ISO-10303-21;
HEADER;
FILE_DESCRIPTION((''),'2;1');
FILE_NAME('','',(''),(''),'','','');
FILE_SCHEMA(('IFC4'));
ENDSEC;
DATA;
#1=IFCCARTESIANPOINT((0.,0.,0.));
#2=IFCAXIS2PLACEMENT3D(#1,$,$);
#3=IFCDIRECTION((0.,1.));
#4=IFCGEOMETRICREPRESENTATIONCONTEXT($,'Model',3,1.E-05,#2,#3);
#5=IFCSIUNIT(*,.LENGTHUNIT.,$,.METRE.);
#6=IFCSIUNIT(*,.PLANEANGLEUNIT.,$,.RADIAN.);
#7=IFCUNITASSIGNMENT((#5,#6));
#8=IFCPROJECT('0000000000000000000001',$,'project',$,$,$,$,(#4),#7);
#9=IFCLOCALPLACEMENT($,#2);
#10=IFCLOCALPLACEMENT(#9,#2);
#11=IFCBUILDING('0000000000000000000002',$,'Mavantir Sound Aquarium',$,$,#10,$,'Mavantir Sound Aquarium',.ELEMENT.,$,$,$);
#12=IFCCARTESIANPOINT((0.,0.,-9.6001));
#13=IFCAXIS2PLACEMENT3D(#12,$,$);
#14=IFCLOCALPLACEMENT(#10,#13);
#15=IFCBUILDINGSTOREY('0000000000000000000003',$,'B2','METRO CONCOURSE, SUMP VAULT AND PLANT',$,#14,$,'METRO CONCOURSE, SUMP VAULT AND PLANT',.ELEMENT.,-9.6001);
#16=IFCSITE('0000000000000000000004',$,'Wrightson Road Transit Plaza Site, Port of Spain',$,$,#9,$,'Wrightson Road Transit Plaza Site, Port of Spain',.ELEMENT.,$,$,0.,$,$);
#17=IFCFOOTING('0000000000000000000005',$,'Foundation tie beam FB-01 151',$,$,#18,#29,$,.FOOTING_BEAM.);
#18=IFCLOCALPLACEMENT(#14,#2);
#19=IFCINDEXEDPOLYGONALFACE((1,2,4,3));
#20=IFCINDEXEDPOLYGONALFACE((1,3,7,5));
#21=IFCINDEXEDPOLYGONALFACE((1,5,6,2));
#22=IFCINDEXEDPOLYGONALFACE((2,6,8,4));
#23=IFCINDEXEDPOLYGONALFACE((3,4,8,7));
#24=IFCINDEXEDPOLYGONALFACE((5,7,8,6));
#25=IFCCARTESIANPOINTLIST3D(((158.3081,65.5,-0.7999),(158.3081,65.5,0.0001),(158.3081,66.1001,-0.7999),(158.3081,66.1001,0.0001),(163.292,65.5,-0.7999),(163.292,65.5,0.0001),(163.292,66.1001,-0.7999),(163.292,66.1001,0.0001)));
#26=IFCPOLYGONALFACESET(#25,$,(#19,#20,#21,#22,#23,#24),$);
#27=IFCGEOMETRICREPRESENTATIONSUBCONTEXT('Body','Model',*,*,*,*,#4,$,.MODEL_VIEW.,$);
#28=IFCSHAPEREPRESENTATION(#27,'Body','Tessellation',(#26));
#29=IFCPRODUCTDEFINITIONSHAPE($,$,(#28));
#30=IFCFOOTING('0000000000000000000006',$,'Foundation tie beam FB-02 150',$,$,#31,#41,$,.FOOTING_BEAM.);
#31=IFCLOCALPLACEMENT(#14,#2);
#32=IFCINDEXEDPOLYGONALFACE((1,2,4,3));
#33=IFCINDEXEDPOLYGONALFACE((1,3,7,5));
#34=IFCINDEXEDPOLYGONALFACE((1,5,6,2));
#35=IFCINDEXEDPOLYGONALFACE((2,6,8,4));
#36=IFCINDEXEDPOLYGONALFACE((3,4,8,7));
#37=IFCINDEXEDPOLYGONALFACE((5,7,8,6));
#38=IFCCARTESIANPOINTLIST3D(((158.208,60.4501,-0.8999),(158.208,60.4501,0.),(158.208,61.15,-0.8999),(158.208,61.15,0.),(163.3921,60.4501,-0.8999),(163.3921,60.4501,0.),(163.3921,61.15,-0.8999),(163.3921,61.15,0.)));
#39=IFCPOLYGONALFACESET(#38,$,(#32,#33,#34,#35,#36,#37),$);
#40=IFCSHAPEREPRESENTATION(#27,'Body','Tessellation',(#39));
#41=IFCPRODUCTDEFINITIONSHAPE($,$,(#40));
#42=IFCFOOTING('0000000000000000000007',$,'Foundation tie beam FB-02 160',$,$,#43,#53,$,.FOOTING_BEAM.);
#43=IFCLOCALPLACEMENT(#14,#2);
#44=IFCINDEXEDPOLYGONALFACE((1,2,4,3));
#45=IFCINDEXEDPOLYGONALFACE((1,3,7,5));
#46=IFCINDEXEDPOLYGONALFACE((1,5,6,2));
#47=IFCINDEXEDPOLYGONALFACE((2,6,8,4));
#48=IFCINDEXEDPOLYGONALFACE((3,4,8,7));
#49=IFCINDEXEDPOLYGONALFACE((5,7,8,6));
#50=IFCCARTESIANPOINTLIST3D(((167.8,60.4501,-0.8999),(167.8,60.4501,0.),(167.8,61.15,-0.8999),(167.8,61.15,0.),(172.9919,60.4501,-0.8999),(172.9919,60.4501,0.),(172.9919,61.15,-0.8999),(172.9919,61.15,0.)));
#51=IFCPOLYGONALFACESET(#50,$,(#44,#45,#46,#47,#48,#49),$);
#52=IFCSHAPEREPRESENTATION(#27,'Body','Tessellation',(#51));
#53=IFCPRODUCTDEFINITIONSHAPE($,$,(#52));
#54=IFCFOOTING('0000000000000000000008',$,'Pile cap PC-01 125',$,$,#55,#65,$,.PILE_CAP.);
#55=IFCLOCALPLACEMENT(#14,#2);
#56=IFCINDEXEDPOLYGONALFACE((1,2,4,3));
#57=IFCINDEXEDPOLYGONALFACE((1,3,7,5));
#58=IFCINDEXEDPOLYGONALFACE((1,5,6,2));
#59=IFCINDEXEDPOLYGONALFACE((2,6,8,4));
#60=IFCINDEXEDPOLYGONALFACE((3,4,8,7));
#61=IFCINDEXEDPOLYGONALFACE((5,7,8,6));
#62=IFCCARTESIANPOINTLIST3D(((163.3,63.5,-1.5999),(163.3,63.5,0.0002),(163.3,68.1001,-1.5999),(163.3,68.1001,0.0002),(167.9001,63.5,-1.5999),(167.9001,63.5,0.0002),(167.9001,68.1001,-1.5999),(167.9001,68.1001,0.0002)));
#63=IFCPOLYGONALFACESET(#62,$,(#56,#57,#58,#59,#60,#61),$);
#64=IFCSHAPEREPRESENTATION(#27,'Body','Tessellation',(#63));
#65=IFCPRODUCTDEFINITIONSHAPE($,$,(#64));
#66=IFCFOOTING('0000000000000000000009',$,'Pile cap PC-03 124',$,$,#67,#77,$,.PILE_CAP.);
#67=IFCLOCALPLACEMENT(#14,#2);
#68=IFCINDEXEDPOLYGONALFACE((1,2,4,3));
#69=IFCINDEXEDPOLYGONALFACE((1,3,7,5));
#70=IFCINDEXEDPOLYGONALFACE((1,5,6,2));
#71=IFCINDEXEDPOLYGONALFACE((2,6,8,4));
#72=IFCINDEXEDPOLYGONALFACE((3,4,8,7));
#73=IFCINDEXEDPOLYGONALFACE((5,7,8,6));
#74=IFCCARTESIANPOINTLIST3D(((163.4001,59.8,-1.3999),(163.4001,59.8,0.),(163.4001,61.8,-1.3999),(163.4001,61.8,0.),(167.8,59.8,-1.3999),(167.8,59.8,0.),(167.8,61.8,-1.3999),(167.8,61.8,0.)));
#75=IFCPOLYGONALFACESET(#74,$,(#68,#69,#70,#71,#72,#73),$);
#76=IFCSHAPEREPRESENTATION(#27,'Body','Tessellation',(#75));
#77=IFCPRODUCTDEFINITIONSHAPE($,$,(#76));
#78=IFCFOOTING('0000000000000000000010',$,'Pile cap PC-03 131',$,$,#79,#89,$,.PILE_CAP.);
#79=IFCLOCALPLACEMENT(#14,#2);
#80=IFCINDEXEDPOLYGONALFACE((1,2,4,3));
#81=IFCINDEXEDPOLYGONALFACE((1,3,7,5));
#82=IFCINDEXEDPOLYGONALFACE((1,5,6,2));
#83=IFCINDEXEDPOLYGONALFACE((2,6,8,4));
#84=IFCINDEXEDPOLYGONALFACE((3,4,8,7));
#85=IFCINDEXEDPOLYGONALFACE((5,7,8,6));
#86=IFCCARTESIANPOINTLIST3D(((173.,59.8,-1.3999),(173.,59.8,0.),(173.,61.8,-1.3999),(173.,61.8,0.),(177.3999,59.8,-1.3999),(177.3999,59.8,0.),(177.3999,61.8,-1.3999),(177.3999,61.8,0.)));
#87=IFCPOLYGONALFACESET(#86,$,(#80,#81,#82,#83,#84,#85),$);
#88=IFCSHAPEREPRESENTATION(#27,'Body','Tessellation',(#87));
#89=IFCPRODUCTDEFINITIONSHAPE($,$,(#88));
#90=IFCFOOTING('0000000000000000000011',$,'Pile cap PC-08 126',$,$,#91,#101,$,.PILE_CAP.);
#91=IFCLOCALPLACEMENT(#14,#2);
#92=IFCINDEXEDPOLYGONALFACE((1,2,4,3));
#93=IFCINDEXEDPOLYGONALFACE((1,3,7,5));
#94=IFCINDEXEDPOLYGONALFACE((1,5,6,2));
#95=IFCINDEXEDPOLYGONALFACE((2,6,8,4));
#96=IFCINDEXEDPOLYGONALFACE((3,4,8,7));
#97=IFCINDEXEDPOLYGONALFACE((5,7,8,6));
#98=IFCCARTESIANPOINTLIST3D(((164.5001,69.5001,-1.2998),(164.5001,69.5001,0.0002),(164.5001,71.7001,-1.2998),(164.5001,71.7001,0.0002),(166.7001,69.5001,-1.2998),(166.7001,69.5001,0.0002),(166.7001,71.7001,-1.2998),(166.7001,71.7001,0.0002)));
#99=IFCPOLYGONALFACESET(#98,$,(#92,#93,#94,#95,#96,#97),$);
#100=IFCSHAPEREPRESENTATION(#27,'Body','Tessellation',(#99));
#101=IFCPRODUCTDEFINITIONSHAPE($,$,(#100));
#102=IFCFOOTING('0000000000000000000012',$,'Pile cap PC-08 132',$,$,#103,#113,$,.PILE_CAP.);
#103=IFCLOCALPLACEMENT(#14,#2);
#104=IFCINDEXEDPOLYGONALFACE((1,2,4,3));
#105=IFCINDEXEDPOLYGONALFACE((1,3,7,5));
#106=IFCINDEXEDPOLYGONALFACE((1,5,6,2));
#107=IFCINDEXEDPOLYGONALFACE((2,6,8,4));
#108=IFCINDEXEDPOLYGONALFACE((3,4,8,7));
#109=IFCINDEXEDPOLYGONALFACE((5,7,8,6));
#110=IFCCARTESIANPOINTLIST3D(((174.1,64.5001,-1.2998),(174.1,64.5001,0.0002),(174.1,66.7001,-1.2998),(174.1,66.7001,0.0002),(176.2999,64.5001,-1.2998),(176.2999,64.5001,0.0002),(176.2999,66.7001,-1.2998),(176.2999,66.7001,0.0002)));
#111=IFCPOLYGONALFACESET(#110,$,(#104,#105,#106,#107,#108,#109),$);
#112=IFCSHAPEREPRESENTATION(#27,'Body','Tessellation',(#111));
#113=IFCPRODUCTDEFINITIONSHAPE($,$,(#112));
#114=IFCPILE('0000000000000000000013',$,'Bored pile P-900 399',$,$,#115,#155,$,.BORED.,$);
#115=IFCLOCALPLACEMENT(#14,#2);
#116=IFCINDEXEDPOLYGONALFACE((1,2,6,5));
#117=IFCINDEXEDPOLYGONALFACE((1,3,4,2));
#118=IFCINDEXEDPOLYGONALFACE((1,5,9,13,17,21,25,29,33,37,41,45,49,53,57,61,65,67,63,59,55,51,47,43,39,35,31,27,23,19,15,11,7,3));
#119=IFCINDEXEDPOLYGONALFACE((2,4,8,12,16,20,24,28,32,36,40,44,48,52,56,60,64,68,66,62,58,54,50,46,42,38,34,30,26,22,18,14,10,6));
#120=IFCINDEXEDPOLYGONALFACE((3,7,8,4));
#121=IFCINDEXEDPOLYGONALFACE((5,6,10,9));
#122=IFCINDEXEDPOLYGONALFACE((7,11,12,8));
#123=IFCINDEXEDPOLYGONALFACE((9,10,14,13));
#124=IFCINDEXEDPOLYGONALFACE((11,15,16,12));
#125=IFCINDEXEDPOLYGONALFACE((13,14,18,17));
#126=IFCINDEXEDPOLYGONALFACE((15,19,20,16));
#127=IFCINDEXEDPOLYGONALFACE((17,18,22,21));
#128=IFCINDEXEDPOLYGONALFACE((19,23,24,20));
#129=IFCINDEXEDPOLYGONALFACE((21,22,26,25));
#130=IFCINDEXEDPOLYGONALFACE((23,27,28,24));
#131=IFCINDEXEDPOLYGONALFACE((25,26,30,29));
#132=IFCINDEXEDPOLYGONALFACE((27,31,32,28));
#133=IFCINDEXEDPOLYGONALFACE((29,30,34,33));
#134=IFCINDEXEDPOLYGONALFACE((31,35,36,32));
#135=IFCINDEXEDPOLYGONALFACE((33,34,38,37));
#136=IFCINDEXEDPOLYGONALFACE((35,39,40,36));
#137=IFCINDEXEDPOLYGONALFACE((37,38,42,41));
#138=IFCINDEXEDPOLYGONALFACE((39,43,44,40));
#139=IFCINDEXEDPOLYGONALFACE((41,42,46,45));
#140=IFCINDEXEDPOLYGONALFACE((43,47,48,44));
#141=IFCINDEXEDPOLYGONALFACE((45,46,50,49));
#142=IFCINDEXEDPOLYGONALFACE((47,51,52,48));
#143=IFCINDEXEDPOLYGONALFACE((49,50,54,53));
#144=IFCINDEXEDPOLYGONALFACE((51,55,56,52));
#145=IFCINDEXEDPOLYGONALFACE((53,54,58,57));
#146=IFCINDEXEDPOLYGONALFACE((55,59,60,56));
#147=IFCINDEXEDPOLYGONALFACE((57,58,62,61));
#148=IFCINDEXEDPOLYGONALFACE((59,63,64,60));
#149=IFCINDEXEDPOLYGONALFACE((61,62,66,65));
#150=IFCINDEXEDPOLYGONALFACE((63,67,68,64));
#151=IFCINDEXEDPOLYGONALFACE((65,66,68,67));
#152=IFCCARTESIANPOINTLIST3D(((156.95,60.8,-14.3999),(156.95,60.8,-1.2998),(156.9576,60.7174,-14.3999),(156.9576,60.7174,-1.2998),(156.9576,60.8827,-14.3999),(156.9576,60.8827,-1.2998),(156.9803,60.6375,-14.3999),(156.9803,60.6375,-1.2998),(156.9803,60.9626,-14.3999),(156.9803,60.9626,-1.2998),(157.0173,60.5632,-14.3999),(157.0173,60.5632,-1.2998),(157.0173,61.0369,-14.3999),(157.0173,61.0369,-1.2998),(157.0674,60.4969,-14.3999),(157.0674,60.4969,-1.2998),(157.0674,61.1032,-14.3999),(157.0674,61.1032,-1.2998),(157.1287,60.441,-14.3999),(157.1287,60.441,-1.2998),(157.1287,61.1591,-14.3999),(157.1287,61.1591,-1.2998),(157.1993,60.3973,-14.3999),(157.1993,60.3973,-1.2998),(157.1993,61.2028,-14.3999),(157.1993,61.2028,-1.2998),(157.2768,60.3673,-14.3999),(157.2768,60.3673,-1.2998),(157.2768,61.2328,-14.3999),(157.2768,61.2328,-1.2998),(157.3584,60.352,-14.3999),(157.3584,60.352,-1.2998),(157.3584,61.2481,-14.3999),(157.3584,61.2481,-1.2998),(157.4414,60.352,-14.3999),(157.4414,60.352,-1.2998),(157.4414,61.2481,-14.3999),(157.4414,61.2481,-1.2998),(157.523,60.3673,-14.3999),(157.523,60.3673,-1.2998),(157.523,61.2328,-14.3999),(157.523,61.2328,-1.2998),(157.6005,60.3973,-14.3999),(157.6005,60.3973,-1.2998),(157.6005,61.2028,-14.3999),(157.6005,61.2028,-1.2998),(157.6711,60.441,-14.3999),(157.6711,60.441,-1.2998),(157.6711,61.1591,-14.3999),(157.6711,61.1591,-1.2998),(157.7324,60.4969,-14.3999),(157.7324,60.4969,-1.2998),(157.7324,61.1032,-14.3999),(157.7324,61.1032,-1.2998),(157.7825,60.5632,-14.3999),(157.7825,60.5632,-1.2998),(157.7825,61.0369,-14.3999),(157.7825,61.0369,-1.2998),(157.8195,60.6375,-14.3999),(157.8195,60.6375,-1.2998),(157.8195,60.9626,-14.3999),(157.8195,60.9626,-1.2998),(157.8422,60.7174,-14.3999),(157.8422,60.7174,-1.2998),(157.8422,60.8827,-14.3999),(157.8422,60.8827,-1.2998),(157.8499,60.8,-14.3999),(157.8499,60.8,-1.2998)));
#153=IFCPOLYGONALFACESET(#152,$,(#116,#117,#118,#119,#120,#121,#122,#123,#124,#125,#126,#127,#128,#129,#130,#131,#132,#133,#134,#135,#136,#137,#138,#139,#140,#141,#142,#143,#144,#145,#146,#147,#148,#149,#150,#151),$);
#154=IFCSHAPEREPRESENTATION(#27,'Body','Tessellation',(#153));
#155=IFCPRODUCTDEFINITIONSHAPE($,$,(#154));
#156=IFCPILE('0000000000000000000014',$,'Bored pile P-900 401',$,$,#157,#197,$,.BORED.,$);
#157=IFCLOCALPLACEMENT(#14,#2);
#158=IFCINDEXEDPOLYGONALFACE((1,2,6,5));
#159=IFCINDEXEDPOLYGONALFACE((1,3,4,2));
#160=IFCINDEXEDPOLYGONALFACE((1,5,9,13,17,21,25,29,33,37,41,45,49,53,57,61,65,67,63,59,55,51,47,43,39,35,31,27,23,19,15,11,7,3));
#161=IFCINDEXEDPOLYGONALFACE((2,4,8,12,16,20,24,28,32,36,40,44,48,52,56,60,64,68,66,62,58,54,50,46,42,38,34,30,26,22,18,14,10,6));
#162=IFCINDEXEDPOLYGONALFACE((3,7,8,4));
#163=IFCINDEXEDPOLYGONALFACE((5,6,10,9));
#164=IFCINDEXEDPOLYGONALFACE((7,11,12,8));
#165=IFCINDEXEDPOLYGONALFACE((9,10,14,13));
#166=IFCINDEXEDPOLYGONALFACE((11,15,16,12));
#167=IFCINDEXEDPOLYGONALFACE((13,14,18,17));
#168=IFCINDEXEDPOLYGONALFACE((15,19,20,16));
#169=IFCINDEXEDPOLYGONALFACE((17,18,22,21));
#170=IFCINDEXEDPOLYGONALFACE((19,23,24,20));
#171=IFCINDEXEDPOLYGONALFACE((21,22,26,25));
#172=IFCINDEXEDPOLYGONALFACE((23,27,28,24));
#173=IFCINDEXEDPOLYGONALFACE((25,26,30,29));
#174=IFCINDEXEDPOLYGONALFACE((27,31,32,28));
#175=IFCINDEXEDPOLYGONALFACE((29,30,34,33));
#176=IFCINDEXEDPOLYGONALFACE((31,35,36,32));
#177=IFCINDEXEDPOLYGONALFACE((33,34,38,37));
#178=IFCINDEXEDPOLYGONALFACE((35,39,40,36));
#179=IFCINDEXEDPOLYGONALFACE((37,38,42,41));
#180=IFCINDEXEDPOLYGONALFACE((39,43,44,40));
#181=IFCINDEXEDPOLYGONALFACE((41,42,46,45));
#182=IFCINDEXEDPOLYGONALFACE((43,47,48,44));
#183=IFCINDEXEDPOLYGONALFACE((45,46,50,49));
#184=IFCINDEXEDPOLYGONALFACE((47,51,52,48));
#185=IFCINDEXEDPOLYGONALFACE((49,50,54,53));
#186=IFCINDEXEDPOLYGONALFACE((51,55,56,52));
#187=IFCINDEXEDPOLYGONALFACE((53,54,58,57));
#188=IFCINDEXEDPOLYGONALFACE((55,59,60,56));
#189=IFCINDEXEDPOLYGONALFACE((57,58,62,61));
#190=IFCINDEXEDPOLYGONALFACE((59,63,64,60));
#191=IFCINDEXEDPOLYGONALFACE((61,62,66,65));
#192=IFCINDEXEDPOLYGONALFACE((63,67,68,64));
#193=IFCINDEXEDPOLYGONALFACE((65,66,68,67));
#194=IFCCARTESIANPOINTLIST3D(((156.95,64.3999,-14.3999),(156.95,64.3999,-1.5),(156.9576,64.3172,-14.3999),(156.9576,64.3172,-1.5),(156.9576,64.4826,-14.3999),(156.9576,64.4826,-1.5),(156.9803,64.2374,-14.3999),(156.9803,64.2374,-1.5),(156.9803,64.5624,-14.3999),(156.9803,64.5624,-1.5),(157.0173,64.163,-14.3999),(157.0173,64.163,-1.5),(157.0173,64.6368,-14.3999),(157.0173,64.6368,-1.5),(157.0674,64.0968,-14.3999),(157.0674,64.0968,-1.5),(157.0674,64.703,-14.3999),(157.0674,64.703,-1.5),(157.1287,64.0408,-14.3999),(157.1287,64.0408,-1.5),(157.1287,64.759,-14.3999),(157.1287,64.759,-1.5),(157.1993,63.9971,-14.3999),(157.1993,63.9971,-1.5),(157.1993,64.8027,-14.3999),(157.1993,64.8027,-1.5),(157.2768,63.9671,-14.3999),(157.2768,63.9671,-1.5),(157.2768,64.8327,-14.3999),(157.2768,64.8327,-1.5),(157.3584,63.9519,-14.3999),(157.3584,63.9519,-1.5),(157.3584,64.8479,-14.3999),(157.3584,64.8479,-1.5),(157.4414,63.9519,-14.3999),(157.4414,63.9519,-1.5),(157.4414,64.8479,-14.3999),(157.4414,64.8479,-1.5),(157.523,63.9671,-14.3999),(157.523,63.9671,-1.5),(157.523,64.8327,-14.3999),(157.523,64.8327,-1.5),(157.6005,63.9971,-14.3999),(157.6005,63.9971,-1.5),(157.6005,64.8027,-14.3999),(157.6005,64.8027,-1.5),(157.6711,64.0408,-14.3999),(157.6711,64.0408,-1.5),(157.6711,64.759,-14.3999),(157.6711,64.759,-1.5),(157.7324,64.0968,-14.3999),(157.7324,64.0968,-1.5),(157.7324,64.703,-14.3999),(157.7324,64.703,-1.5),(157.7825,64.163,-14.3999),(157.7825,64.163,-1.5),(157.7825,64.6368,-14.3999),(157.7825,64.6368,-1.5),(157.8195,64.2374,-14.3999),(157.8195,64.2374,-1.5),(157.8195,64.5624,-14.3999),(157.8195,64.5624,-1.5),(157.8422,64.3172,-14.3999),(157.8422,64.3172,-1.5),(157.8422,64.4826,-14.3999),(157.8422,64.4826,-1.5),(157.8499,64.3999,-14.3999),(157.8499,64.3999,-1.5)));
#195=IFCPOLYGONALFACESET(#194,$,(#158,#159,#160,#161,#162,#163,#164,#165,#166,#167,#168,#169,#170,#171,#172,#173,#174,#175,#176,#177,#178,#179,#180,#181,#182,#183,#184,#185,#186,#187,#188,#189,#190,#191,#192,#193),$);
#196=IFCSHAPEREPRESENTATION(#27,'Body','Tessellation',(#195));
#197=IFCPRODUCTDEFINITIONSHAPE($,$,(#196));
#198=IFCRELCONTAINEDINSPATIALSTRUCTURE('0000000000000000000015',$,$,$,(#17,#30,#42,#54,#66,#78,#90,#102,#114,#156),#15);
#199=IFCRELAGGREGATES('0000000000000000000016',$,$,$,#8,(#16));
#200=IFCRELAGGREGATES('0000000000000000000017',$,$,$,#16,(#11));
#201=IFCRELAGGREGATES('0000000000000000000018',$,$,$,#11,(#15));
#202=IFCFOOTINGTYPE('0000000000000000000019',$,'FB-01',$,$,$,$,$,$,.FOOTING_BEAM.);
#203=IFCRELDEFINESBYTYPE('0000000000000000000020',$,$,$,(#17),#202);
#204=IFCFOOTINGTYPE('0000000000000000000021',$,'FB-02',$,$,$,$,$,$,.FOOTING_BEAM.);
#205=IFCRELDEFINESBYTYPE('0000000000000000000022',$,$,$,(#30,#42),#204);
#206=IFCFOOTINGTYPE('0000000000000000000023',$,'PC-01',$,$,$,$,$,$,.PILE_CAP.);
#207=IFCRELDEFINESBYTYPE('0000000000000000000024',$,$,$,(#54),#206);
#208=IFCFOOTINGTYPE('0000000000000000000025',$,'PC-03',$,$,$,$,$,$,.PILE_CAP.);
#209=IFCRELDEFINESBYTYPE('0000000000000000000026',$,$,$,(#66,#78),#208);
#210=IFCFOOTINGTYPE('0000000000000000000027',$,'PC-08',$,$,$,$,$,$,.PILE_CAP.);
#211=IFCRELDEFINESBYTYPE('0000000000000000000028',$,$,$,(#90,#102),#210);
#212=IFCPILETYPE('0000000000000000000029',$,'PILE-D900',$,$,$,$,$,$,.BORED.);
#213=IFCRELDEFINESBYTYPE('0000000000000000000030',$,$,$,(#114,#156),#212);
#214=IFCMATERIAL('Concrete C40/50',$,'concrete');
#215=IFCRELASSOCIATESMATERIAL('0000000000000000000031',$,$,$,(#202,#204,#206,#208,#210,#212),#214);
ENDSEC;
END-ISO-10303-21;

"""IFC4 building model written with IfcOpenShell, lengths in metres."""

from ifc_helpers import new_model, si_unit, direction, frame, origin, origin_2d, place, context, subcontext, project, spatial, rectangle, circle, extrude, material, material_profile, profile_set, type_object, element, save


model = new_model("IFC4")

# Units and contexts
model_context = context("Model", 3, precision=1e-05, world=origin(), true_north=direction((0.0, 1.0)))
body_context = subcontext(model_context, "Body", "Model", "MODEL_VIEW")
ifc_project = project(units=[si_unit("LENGTHUNIT", "METRE"), si_unit("PLANEANGLEUNIT", "RADIAN")], contexts=[model_context])

# Site, building, storey
site_placement = place(None, origin())
site = spatial("IfcSite", under=ifc_project, at=site_placement, Name="Wrightson Road Transit Plaza Site, Port of Spain", LongName="Wrightson Road Transit Plaza Site, Port of Spain", CompositionType="ELEMENT", RefElevation=0.0)
building_placement = place(site_placement, origin())
building = spatial("IfcBuilding", under=site, at=building_placement, Name="Mavantir Sound Aquarium", LongName="Mavantir Sound Aquarium", CompositionType="ELEMENT")
storey_placement = place(building_placement, frame((0.0, 0.0, -9.6001)))
storey = spatial("IfcBuildingStorey", under=building, at=storey_placement, Name="B2", Description="METRO CONCOURSE, SUMP VAULT AND PLANT", LongName="METRO CONCOURSE, SUMP VAULT AND PLANT", CompositionType="ELEMENT", Elevation=-9.6001)

# Footings
ifc_material_1 = material(Name="Concrete C40/50", Category="concrete")
ifc_material_profile_1 = material_profile(ifc_material_1, rectangle(XDim=0.6001, YDim=0.8, at=origin_2d()), Name="RC 600X800")
ifc_profile_set_1 = profile_set([ifc_material_profile_1], Name="Concrete C40/50")
footing_type_1 = type_object("IfcFootingType", Name="FB-01", PredefinedType="FOOTING_BEAM", material=ifc_profile_set_1)
footing_1_placement = place(storey_placement, frame((158.3081, 65.8, -0.3999), z_axis=(1.0, 0.0, 0.0), x_axis=(0.0, 1.0, 0.0)))
element("IfcFooting", 1, at=footing_1_placement, inside=storey, type_object=footing_type_1, Name="Foundation tie beam FB-01 151", PredefinedType="FOOTING_BEAM", context=body_context, shape_type="SweptSolid", body=[
    extrude(rectangle(XDim=0.6001, YDim=0.8, at=origin_2d()), origin(), (0.0, 0.0, 1.0), 4.9839),
])
ifc_material_profile_2 = material_profile(ifc_material_1, rectangle(XDim=0.7, YDim=0.8999, at=origin_2d()), Name="RC 700X900")
ifc_profile_set_2 = profile_set([ifc_material_profile_2], Name="Concrete C40/50")
footing_type_2 = type_object("IfcFootingType", Name="FB-02", PredefinedType="FOOTING_BEAM", material=ifc_profile_set_2)
footing_2_placement = place(storey_placement, frame((158.208, 60.8, -0.45), z_axis=(1.0, 0.0, 0.0), x_axis=(0.0, 1.0, 0.0)))
element("IfcFooting", 2, at=footing_2_placement, inside=storey, type_object=footing_type_2, Name="Foundation tie beam FB-02 150", PredefinedType="FOOTING_BEAM", context=body_context, shape_type="SweptSolid", body=[
    extrude(rectangle(XDim=0.7, YDim=0.8999, at=origin_2d()), origin(), (0.0, 0.0, 1.0), 5.1841),
])
footing_3_placement = place(storey_placement, frame((167.8, 60.8, -0.45), z_axis=(1.0, 0.0, 0.0), x_axis=(0.0, 1.0, 0.0)))
element("IfcFooting", 3, at=footing_3_placement, inside=storey, type_object=footing_type_2, Name="Foundation tie beam FB-02 160", PredefinedType="FOOTING_BEAM", context=body_context, shape_type="SweptSolid", body=[
    extrude(rectangle(XDim=0.7, YDim=0.8999, at=origin_2d()), origin(), (0.0, 0.0, 1.0), 5.1919),
])
footing_type_3 = type_object("IfcFootingType", Name="PC-01", PredefinedType="PILE_CAP", material=ifc_material_1)
footing_4_placement = place(storey_placement, frame((165.6001, 65.8, -1.5999), z_axis=(0.0, 0.0, 1.0), x_axis=(1.0, 0.0, 0.0)))
element("IfcFooting", 4, at=footing_4_placement, inside=storey, type_object=footing_type_3, Name="Pile cap PC-01 125", PredefinedType="PILE_CAP", context=body_context, shape_type="SweptSolid", body=[
    extrude(rectangle(XDim=4.6001, YDim=4.6001, at=origin_2d()), origin(), (0.0, 0.0, 1.0), 1.6001),
])
footing_type_4 = type_object("IfcFootingType", Name="PC-03", PredefinedType="PILE_CAP", material=ifc_material_1)
for number, where, z_axis, x_axis, name in (
    (5, (165.6001, 60.8, -1.3999), (0.0, 0.0, 1.0), (1.0, 0.0, 0.0), "Pile cap PC-03 124"),
    (6, (175.2, 60.8, -1.3999), (0.0, 0.0, 1.0), (1.0, 0.0, 0.0), "Pile cap PC-03 131"),
):
    element("IfcFooting", number, at=place(storey_placement, frame(where, z_axis=z_axis, x_axis=x_axis)), inside=storey, type_object=footing_type_4, Name=name, PredefinedType="PILE_CAP", context=body_context, shape_type="SweptSolid", body=[
        extrude(rectangle(XDim=4.3999, YDim=2.0, at=origin_2d()), origin(), (0.0, 0.0, 1.0), 1.3999),
    ])
footing_type_5 = type_object("IfcFootingType", Name="PC-08", PredefinedType="PILE_CAP", material=ifc_material_1)
for number, where, z_axis, x_axis, name in (
    (7, (165.6001, 70.6001, -1.2998), (0.0, 0.0, 1.0), (1.0, 0.0, 0.0), "Pile cap PC-08 126"),
    (8, (175.2, 65.6001, -1.2998), (0.0, 0.0, 1.0), (1.0, 0.0, 0.0), "Pile cap PC-08 132"),
):
    element("IfcFooting", number, at=place(storey_placement, frame(where, z_axis=z_axis, x_axis=x_axis)), inside=storey, type_object=footing_type_5, Name=name, PredefinedType="PILE_CAP", context=body_context, shape_type="SweptSolid", body=[
        extrude(rectangle(XDim=2.2, YDim=2.2, at=origin_2d()), origin(), (0.0, 0.0, 1.0), 1.3),
    ])

# Piles
ifc_material_profile_3 = material_profile(ifc_material_1, circle(Radius=0.45, at=origin_2d()), Name="PILE D900")
ifc_profile_set_3 = profile_set([ifc_material_profile_3], Name="Concrete C40/50")
pile_type = type_object("IfcPileType", Name="PILE-D900", PredefinedType="BORED", material=ifc_profile_set_3)
pile_1_placement = place(storey_placement, frame((157.3999, 60.8, -1.2998), z_axis=(0.0, 0.0, -1.0), x_axis=(1.0, 0.0, 0.0)))
element("IfcPile", 9, at=pile_1_placement, inside=storey, type_object=pile_type, Name="Bored pile P-900 399", PredefinedType="BORED", context=body_context, shape_type="SweptSolid", body=[
    extrude(circle(Radius=0.45, at=origin_2d()), origin(), (0.0, 0.0, 1.0), 13.1001),
])
for number, where, z_axis, x_axis, name in (
    (10, (157.3999, 64.3999, -1.5), (0.0, 0.0, -1.0), (1.0, 0.0, 0.0), "Bored pile P-900 401"),
):
    element("IfcPile", number, at=place(storey_placement, frame(where, z_axis=z_axis, x_axis=x_axis)), inside=storey, type_object=pile_type, Name=name, PredefinedType="BORED", context=body_context, shape_type="SweptSolid", body=[
        extrude(circle(Radius=0.45, at=origin_2d()), origin(), (0.0, 0.0, 1.0), 12.8999),
    ])

save(model, "model.ifc")
